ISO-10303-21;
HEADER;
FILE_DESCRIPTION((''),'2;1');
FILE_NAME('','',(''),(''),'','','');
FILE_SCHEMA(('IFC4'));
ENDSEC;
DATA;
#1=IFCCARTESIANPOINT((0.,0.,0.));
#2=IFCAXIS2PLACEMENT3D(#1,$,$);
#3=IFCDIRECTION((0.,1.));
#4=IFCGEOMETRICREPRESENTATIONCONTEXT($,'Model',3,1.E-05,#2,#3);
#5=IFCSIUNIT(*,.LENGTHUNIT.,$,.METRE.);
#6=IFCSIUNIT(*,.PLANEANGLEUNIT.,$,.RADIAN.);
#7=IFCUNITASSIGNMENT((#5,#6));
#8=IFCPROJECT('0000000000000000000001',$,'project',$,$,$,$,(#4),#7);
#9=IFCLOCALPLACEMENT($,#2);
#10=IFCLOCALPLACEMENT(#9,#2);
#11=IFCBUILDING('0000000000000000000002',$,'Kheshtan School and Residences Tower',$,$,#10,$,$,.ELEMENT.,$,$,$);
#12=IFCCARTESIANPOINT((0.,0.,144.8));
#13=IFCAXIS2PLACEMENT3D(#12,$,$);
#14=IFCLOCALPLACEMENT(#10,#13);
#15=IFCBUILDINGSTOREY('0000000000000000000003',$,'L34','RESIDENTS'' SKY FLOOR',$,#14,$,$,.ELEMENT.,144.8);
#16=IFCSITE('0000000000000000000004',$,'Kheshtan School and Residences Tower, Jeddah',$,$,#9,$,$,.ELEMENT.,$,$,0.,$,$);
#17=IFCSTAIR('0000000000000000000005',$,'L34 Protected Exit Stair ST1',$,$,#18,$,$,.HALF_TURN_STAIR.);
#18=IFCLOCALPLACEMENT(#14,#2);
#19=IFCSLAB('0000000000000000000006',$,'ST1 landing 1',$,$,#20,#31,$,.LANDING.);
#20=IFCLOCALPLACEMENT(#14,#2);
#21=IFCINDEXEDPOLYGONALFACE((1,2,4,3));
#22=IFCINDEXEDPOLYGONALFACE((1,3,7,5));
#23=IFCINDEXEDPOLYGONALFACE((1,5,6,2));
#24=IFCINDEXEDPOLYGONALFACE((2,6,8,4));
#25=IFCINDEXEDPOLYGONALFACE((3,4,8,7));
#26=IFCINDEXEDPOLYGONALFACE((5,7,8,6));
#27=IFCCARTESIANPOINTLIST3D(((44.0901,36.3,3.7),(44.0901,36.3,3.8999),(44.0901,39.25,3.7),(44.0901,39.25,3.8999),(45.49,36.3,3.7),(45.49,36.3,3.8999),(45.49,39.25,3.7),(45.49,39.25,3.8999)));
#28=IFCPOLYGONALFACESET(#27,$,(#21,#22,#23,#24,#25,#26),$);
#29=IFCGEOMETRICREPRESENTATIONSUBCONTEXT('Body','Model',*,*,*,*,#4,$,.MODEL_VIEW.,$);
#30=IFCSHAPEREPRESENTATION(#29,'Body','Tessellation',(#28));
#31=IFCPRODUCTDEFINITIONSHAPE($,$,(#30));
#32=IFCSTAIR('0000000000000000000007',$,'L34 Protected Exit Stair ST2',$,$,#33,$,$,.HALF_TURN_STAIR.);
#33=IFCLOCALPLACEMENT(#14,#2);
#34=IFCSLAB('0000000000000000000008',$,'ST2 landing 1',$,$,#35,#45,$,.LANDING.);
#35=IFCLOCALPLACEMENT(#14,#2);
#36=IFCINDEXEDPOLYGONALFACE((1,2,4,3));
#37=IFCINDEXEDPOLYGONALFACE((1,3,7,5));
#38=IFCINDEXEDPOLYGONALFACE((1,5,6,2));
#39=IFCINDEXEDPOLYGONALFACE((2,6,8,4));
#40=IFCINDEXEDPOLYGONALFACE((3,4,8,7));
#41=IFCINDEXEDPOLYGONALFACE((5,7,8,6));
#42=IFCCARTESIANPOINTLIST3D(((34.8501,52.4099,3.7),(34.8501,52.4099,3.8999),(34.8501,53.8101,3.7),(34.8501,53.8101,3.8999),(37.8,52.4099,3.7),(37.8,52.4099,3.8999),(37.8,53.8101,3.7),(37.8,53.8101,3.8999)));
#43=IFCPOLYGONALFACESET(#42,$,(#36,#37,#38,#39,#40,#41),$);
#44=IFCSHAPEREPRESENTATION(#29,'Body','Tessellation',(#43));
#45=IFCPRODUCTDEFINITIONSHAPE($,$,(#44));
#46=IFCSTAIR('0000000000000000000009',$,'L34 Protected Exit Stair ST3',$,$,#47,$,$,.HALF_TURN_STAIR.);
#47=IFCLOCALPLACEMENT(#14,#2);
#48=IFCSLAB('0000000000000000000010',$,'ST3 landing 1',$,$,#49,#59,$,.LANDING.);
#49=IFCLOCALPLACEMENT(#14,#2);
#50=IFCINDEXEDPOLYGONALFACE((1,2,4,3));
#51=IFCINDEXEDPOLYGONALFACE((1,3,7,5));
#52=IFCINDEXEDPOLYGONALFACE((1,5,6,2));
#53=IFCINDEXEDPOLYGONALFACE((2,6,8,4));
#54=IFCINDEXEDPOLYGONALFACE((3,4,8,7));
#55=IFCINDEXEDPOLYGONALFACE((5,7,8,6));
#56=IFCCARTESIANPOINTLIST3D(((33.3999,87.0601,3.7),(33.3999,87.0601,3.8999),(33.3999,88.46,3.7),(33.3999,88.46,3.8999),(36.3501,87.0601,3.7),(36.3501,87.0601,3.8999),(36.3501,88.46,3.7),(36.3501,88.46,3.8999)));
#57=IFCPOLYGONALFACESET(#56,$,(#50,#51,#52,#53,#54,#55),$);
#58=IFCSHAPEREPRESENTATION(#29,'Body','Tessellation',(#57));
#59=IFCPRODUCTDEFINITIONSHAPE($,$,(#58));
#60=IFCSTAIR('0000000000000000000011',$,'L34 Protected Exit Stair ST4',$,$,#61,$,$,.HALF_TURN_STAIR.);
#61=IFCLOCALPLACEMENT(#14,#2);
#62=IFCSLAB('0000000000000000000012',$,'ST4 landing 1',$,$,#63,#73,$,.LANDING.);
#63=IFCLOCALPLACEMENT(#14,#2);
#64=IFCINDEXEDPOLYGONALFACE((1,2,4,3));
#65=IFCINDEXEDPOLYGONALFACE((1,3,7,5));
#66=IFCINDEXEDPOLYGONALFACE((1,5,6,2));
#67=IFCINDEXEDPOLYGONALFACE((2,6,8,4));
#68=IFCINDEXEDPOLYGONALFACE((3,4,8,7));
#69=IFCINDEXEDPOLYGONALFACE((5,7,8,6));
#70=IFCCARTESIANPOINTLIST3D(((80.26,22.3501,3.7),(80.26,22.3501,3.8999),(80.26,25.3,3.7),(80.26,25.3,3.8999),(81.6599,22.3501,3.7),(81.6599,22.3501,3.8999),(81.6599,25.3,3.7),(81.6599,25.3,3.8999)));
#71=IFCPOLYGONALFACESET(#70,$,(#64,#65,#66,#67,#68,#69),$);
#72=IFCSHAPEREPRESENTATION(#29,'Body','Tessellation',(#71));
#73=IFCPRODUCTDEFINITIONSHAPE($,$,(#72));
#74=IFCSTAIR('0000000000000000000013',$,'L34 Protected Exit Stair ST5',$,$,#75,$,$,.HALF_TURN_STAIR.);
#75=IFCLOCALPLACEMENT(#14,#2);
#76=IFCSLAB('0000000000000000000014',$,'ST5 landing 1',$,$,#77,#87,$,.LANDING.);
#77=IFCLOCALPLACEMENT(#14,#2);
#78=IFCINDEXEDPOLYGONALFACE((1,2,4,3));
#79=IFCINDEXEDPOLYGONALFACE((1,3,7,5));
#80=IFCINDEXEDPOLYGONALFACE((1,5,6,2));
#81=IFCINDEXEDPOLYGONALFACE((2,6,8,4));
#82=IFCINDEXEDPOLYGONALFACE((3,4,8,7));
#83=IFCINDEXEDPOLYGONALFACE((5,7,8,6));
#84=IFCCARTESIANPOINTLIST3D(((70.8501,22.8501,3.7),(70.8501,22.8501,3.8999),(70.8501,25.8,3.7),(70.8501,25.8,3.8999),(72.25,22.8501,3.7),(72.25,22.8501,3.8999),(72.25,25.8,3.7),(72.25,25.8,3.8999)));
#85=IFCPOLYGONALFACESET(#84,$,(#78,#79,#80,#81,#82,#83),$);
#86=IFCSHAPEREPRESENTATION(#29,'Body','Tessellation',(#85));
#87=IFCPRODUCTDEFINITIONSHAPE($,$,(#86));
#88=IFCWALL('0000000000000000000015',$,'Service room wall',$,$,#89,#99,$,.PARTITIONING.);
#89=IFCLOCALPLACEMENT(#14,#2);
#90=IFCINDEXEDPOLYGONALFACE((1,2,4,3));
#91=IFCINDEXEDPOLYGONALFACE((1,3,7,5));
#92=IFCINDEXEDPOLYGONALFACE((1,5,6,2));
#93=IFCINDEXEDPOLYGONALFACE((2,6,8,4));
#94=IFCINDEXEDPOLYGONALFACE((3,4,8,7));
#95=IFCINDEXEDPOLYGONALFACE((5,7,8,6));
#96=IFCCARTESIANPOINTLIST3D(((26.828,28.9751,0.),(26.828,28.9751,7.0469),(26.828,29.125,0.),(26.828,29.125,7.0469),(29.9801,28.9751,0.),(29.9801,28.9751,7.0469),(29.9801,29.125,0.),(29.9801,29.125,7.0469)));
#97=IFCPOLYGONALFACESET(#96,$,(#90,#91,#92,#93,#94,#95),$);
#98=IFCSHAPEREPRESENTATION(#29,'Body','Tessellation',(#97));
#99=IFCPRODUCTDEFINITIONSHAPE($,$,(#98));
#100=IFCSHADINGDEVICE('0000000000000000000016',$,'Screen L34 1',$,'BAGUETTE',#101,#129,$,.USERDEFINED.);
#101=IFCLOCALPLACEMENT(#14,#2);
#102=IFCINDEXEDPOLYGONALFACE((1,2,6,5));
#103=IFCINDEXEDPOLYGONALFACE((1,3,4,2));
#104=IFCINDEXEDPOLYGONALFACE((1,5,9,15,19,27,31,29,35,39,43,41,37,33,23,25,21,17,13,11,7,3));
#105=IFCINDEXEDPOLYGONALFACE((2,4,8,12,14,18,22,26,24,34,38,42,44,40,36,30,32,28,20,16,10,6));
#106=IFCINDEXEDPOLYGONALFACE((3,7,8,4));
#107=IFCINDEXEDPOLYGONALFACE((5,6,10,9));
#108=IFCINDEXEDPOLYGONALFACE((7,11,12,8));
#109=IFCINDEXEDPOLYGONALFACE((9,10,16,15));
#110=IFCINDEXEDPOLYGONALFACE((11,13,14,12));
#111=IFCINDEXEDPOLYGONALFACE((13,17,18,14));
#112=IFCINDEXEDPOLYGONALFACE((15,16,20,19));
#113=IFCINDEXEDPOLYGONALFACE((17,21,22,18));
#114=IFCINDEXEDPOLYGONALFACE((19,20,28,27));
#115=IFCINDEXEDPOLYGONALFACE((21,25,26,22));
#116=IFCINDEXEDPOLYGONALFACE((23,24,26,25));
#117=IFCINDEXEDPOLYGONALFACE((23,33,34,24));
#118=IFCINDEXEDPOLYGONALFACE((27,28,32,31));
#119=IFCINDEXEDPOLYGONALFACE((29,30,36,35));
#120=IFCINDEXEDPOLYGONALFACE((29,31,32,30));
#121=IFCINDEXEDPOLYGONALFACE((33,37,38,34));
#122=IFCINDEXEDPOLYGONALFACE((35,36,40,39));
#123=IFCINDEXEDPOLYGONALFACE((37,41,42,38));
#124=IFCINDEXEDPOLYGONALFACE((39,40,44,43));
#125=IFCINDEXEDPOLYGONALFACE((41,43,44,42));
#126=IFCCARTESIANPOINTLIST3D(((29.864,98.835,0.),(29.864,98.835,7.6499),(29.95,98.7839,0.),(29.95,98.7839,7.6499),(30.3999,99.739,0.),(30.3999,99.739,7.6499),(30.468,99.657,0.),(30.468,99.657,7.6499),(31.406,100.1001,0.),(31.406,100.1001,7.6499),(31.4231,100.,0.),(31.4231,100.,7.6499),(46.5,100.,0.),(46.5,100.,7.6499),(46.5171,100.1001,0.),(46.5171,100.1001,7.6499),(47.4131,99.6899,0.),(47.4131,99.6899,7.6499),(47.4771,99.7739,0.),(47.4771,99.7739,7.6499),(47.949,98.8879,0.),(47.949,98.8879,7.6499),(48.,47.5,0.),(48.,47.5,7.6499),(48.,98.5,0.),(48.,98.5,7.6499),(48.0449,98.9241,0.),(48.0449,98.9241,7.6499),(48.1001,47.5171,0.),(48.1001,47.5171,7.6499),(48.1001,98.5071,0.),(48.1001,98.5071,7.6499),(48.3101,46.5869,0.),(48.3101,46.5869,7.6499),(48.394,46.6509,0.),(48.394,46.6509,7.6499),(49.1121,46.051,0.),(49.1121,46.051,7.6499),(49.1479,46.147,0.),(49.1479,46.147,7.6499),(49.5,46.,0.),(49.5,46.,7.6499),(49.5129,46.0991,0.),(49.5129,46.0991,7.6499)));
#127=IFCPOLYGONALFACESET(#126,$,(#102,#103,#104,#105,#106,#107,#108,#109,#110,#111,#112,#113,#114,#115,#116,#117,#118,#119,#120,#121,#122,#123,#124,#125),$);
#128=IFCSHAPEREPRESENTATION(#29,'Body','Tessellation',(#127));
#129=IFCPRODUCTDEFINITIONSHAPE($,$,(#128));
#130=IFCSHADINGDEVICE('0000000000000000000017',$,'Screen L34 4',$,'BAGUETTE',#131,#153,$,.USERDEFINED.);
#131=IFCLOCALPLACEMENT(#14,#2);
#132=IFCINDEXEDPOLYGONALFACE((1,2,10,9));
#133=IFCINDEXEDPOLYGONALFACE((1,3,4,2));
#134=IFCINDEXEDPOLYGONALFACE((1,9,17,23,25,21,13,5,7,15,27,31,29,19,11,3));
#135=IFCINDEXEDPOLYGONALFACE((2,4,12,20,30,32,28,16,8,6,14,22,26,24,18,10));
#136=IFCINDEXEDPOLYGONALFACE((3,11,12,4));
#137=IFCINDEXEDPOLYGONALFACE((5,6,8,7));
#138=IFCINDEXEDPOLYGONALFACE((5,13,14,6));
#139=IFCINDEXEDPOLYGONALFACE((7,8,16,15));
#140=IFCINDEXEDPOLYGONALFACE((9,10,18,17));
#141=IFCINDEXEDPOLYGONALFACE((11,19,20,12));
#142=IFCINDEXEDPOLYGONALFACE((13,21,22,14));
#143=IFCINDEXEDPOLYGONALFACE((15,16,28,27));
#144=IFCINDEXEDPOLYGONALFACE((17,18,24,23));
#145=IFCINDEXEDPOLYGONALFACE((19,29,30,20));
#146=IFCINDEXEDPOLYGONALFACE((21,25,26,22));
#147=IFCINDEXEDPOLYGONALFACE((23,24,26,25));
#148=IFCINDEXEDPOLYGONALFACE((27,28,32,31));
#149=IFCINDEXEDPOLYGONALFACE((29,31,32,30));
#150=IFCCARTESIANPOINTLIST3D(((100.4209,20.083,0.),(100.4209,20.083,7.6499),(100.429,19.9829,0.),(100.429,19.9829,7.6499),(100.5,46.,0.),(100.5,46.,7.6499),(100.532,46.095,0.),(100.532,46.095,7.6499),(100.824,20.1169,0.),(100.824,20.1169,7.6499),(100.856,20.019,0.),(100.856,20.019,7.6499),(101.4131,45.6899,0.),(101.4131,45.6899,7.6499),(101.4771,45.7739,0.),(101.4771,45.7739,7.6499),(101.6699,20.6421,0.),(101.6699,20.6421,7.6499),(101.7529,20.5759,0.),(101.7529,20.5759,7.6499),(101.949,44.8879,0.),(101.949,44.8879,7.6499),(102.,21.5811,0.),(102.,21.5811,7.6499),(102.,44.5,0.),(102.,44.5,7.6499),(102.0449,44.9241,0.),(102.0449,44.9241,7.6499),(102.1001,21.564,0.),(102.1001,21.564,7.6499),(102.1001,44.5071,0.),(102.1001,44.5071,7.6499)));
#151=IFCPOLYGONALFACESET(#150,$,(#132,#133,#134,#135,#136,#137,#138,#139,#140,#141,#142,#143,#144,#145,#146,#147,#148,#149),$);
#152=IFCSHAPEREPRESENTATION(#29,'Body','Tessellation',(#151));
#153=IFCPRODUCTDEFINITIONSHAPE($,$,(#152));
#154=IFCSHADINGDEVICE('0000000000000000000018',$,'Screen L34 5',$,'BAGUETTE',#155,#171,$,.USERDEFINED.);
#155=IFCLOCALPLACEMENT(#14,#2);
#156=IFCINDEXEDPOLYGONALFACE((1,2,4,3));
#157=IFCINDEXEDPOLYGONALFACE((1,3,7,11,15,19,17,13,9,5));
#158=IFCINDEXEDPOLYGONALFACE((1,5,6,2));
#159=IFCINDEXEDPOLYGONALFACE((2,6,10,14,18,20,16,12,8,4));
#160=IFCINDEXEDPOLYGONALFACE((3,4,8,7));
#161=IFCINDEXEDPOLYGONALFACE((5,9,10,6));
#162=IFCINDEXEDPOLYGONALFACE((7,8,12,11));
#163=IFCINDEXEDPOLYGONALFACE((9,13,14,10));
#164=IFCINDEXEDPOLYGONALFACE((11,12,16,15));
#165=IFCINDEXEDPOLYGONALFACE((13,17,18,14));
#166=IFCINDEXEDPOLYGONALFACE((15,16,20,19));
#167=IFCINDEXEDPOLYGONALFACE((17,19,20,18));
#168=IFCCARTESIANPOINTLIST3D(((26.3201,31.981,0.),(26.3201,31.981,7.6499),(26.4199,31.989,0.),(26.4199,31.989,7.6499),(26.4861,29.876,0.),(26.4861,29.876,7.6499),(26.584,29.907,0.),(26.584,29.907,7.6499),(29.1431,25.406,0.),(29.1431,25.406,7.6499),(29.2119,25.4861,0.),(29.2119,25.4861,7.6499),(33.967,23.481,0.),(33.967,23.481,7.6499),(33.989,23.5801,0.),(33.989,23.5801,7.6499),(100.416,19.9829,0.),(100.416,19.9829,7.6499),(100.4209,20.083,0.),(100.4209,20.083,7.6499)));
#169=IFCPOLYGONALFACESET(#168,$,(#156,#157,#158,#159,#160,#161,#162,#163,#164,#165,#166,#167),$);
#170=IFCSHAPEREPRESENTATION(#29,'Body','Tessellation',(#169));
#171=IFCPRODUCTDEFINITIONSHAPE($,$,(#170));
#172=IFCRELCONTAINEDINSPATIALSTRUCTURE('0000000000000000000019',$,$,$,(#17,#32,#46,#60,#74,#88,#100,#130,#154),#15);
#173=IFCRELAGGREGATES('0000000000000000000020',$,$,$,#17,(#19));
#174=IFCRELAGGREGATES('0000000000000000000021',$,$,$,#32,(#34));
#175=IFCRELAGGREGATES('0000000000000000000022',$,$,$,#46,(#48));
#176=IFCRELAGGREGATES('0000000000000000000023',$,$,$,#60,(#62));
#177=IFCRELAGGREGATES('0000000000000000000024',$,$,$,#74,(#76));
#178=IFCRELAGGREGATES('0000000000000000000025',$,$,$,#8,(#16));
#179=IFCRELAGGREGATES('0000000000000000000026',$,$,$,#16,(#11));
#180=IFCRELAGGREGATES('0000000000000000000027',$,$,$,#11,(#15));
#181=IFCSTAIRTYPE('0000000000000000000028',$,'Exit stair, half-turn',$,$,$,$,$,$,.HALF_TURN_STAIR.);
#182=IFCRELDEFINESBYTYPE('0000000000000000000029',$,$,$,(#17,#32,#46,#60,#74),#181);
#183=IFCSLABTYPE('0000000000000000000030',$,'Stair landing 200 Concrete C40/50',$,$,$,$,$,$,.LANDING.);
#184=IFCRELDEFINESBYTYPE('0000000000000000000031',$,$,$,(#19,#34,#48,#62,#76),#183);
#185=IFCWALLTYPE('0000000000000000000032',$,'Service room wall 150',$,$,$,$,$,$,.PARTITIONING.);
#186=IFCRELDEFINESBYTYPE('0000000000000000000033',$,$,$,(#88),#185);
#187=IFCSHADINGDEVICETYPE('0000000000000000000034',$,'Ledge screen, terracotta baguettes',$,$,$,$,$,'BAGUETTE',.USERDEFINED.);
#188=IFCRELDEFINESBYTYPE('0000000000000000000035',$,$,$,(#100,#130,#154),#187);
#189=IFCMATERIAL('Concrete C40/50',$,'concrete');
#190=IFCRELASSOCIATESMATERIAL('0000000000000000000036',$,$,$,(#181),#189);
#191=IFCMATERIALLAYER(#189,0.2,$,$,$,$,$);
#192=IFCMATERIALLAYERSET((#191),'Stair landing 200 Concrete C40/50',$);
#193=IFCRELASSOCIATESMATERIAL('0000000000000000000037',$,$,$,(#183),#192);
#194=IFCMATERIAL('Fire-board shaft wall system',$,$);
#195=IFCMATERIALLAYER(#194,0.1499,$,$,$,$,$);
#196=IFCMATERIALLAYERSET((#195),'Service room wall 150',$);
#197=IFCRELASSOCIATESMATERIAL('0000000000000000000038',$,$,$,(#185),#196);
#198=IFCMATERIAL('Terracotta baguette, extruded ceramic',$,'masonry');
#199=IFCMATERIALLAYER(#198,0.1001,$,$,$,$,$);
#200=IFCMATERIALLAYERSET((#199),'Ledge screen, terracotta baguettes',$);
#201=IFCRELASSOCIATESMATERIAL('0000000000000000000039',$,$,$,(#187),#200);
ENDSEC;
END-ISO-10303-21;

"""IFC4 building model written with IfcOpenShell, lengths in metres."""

from ifc_helpers import new_model, si_unit, direction, frame, frame_2d, origin, place, context, subcontext, project, spatial, polyline, rectangle, outline, extrude, material, layer, layer_set, type_object, element, aggregate, save


model = new_model("IFC4")

# Units and contexts
model_context = context("Model", 3, precision=1e-05, world=origin(), true_north=direction((0.0, 1.0)))
body_context = subcontext(model_context, "Body", "Model", "MODEL_VIEW")
ifc_project = project(units=[si_unit("LENGTHUNIT", "METRE"), si_unit("PLANEANGLEUNIT", "RADIAN")], contexts=[model_context])

# Site, building, storey
site_placement = place(None, origin())
site = spatial("IfcSite", under=ifc_project, at=site_placement, Name="Kheshtan School and Residences Tower, Jeddah", CompositionType="ELEMENT", RefElevation=0.0)
building_placement = place(site_placement, origin())
building = spatial("IfcBuilding", under=site, at=building_placement, Name="Kheshtan School and Residences Tower", CompositionType="ELEMENT")
storey_placement = place(building_placement, frame((0.0, 0.0, 144.8)))
storey = spatial("IfcBuildingStorey", under=building, at=storey_placement, Name="L34", Description="RESIDENTS' SKY FLOOR", CompositionType="ELEMENT", Elevation=144.8)

# Shared definitions
ifc_material_1 = material(Name="Concrete C40/50", Category="concrete")

# Stairs, slabs
stair_type = type_object("IfcStairType", Name="Exit stair, half-turn", PredefinedType="HALF_TURN_STAIR", material=ifc_material_1)
stair_1_placement = place(storey_placement, origin())
stair_1 = element("IfcStair", 1, at=stair_1_placement, inside=storey, type_object=stair_type, Name="L34 Protected Exit Stair ST1", PredefinedType="HALF_TURN_STAIR")
ifc_layer_1 = layer(ifc_material_1, 0.2)
ifc_layer_set_1 = layer_set([ifc_layer_1], Name="Stair landing 200 Concrete C40/50")
slab_type_1 = type_object("IfcSlabType", Name="Stair landing 200 Concrete C40/50", PredefinedType="LANDING", material=ifc_layer_set_1)
slab_1_placement = place(storey_placement, frame((0.0, 0.0, 3.7)))
slab_1 = element("IfcSlab", 2, at=slab_1_placement, type_object=slab_type_1, Name="ST1 landing 1", PredefinedType="LANDING", context=body_context, shape_type="SweptSolid", body=[
    extrude(outline(polyline([(45.49, 39.25), (44.0901, 39.25), (44.0901, 36.3), (45.49, 36.3), (45.49, 39.25)])), origin(), (0.0, 0.0, 1.0), 0.2),
])
aggregate(stair_1, [slab_1])
stair_2_placement = place(storey_placement, origin())
stair_2 = element("IfcStair", 3, at=stair_2_placement, inside=storey, type_object=stair_type, Name="L34 Protected Exit Stair ST2", PredefinedType="HALF_TURN_STAIR")
slab_2_placement = place(storey_placement, frame((0.0, 0.0, 3.7)))
slab_2 = element("IfcSlab", 4, at=slab_2_placement, type_object=slab_type_1, Name="ST2 landing 1", PredefinedType="LANDING", context=body_context, shape_type="SweptSolid", body=[
    extrude(outline(polyline([(37.8, 52.4099), (37.8, 53.8101), (34.8501, 53.8101), (34.8501, 52.4099), (37.8, 52.4099)])), origin(), (0.0, 0.0, 1.0), 0.2),
])
aggregate(stair_2, [slab_2])
stair_3_placement = place(storey_placement, origin())
stair_3 = element("IfcStair", 5, at=stair_3_placement, inside=storey, type_object=stair_type, Name="L34 Protected Exit Stair ST3", PredefinedType="HALF_TURN_STAIR")
slab_3_placement = place(storey_placement, frame((0.0, 0.0, 3.7)))
slab_3 = element("IfcSlab", 6, at=slab_3_placement, type_object=slab_type_1, Name="ST3 landing 1", PredefinedType="LANDING", context=body_context, shape_type="SweptSolid", body=[
    extrude(outline(polyline([(36.3501, 87.0601), (36.3501, 88.46), (33.3999, 88.46), (33.3999, 87.0601), (36.3501, 87.0601)])), origin(), (0.0, 0.0, 1.0), 0.2),
])
aggregate(stair_3, [slab_3])
stair_4_placement = place(storey_placement, origin())
stair_4 = element("IfcStair", 7, at=stair_4_placement, inside=storey, type_object=stair_type, Name="L34 Protected Exit Stair ST4", PredefinedType="HALF_TURN_STAIR")
slab_4_placement = place(storey_placement, frame((0.0, 0.0, 3.7)))
slab_4 = element("IfcSlab", 8, at=slab_4_placement, type_object=slab_type_1, Name="ST4 landing 1", PredefinedType="LANDING", context=body_context, shape_type="SweptSolid", body=[
    extrude(outline(polyline([(81.6599, 25.3), (80.26, 25.3), (80.26, 22.3501), (81.6599, 22.3501), (81.6599, 25.3)])), origin(), (0.0, 0.0, 1.0), 0.2),
])
aggregate(stair_4, [slab_4])
stair_5_placement = place(storey_placement, origin())
stair_5 = element("IfcStair", 9, at=stair_5_placement, inside=storey, type_object=stair_type, Name="L34 Protected Exit Stair ST5", PredefinedType="HALF_TURN_STAIR")
slab_5_placement = place(storey_placement, frame((0.0, 0.0, 3.7)))
slab_5 = element("IfcSlab", 10, at=slab_5_placement, type_object=slab_type_1, Name="ST5 landing 1", PredefinedType="LANDING", context=body_context, shape_type="SweptSolid", body=[
    extrude(outline(polyline([(72.25, 25.8), (70.8501, 25.8), (70.8501, 22.8501), (72.25, 22.8501), (72.25, 25.8)])), origin(), (0.0, 0.0, 1.0), 0.2),
])
aggregate(stair_5, [slab_5])

# Wall
ifc_material_2 = material(Name="Fire-board shaft wall system")
ifc_layer_2 = layer(ifc_material_2, 0.1499)
ifc_layer_set_2 = layer_set([ifc_layer_2], Name="Service room wall 150")
wall_type = type_object("IfcWallType", Name="Service room wall 150", PredefinedType="PARTITIONING", material=ifc_layer_set_2)
wall_placement = place(storey_placement, frame((26.8279, 29.05, 0.0), z_axis=(0.0, 0.0, 1.0), x_axis=(1.0, 0.0, 0.0)))
element("IfcWall", 11, at=wall_placement, inside=storey, type_object=wall_type, Name="Service room wall", PredefinedType="PARTITIONING", context=body_context, shape_type="SweptSolid", body=[
    extrude(rectangle(XDim=3.1521, YDim=0.1499, at=frame_2d((1.5762, 0.0))), origin(), (0.0, 0.0, 1.0), 7.0469),
])

# Shading devices
ifc_material_3 = material(Name="Terracotta baguette, extruded ceramic", Category="masonry")
ifc_layer_3 = layer(ifc_material_3, 0.1001)
ifc_layer_set_3 = layer_set([ifc_layer_3], Name="Ledge screen, terracotta baguettes")
shading_device_type = type_object("IfcShadingDeviceType", Name="Ledge screen, terracotta baguettes", ElementType="BAGUETTE", PredefinedType="USERDEFINED", material=ifc_layer_set_3)
shading_device_1_placement = place(storey_placement, origin())
element("IfcShadingDevice", 12, at=shading_device_1_placement, inside=storey, type_object=shading_device_type, Name="Screen L34 1", ObjectType="BAGUETTE", PredefinedType="USERDEFINED", context=body_context, shape_type="SweptSolid", body=[
    extrude(outline(polyline([(29.95, 98.7839), (30.468, 99.657), (31.4231, 100.0), (46.5, 100.0), (47.4131, 99.6899), (47.949, 98.8879), (48.0, 98.5), (48.0, 47.5), (48.3101, 46.5869), (49.1121, 46.051), (49.5, 46.0), (49.5129, 46.0991), (49.1479, 46.147), (48.394, 46.6509), (48.1001, 47.5171), (48.1001, 98.5071), (48.0449, 98.9241), (47.4771, 99.7739), (46.5171, 100.1001), (31.406, 100.1001), (30.3999, 99.739), (29.864, 98.835), (29.95, 98.7839)])), origin(), (0.0, 0.0, 1.0), 7.6499),
])
shading_device_2_placement = place(storey_placement, origin())
element("IfcShadingDevice", 13, at=shading_device_2_placement, inside=storey, type_object=shading_device_type, Name="Screen L34 4", ObjectType="BAGUETTE", PredefinedType="USERDEFINED", context=body_context, shape_type="SweptSolid", body=[
    extrude(outline(polyline([(100.5, 46.0), (101.4131, 45.6899), (101.949, 44.8879), (102.0, 44.5), (102.0, 21.5811), (101.6699, 20.6421), (100.824, 20.1169), (100.4209, 20.083), (100.429, 19.9829), (100.856, 20.019), (101.7529, 20.5759), (102.1001, 21.564), (102.1001, 44.5071), (102.0449, 44.9241), (101.4771, 45.7739), (100.532, 46.095), (100.5, 46.0)])), origin(), (0.0, 0.0, 1.0), 7.6499),
])
shading_device_3_placement = place(storey_placement, origin())
element("IfcShadingDevice", 14, at=shading_device_3_placement, inside=storey, type_object=shading_device_type, Name="Screen L34 5", ObjectType="BAGUETTE", PredefinedType="USERDEFINED", context=body_context, shape_type="SweptSolid", body=[
    extrude(outline(polyline([(100.4209, 20.083), (33.989, 23.5801), (29.2119, 25.4861), (26.584, 29.907), (26.4199, 31.989), (26.3201, 31.981), (26.4861, 29.876), (29.1431, 25.406), (33.967, 23.481), (100.416, 19.9829), (100.4209, 20.083)])), origin(), (0.0, 0.0, 1.0), 7.6499),
])

save(model, "model.ifc")
